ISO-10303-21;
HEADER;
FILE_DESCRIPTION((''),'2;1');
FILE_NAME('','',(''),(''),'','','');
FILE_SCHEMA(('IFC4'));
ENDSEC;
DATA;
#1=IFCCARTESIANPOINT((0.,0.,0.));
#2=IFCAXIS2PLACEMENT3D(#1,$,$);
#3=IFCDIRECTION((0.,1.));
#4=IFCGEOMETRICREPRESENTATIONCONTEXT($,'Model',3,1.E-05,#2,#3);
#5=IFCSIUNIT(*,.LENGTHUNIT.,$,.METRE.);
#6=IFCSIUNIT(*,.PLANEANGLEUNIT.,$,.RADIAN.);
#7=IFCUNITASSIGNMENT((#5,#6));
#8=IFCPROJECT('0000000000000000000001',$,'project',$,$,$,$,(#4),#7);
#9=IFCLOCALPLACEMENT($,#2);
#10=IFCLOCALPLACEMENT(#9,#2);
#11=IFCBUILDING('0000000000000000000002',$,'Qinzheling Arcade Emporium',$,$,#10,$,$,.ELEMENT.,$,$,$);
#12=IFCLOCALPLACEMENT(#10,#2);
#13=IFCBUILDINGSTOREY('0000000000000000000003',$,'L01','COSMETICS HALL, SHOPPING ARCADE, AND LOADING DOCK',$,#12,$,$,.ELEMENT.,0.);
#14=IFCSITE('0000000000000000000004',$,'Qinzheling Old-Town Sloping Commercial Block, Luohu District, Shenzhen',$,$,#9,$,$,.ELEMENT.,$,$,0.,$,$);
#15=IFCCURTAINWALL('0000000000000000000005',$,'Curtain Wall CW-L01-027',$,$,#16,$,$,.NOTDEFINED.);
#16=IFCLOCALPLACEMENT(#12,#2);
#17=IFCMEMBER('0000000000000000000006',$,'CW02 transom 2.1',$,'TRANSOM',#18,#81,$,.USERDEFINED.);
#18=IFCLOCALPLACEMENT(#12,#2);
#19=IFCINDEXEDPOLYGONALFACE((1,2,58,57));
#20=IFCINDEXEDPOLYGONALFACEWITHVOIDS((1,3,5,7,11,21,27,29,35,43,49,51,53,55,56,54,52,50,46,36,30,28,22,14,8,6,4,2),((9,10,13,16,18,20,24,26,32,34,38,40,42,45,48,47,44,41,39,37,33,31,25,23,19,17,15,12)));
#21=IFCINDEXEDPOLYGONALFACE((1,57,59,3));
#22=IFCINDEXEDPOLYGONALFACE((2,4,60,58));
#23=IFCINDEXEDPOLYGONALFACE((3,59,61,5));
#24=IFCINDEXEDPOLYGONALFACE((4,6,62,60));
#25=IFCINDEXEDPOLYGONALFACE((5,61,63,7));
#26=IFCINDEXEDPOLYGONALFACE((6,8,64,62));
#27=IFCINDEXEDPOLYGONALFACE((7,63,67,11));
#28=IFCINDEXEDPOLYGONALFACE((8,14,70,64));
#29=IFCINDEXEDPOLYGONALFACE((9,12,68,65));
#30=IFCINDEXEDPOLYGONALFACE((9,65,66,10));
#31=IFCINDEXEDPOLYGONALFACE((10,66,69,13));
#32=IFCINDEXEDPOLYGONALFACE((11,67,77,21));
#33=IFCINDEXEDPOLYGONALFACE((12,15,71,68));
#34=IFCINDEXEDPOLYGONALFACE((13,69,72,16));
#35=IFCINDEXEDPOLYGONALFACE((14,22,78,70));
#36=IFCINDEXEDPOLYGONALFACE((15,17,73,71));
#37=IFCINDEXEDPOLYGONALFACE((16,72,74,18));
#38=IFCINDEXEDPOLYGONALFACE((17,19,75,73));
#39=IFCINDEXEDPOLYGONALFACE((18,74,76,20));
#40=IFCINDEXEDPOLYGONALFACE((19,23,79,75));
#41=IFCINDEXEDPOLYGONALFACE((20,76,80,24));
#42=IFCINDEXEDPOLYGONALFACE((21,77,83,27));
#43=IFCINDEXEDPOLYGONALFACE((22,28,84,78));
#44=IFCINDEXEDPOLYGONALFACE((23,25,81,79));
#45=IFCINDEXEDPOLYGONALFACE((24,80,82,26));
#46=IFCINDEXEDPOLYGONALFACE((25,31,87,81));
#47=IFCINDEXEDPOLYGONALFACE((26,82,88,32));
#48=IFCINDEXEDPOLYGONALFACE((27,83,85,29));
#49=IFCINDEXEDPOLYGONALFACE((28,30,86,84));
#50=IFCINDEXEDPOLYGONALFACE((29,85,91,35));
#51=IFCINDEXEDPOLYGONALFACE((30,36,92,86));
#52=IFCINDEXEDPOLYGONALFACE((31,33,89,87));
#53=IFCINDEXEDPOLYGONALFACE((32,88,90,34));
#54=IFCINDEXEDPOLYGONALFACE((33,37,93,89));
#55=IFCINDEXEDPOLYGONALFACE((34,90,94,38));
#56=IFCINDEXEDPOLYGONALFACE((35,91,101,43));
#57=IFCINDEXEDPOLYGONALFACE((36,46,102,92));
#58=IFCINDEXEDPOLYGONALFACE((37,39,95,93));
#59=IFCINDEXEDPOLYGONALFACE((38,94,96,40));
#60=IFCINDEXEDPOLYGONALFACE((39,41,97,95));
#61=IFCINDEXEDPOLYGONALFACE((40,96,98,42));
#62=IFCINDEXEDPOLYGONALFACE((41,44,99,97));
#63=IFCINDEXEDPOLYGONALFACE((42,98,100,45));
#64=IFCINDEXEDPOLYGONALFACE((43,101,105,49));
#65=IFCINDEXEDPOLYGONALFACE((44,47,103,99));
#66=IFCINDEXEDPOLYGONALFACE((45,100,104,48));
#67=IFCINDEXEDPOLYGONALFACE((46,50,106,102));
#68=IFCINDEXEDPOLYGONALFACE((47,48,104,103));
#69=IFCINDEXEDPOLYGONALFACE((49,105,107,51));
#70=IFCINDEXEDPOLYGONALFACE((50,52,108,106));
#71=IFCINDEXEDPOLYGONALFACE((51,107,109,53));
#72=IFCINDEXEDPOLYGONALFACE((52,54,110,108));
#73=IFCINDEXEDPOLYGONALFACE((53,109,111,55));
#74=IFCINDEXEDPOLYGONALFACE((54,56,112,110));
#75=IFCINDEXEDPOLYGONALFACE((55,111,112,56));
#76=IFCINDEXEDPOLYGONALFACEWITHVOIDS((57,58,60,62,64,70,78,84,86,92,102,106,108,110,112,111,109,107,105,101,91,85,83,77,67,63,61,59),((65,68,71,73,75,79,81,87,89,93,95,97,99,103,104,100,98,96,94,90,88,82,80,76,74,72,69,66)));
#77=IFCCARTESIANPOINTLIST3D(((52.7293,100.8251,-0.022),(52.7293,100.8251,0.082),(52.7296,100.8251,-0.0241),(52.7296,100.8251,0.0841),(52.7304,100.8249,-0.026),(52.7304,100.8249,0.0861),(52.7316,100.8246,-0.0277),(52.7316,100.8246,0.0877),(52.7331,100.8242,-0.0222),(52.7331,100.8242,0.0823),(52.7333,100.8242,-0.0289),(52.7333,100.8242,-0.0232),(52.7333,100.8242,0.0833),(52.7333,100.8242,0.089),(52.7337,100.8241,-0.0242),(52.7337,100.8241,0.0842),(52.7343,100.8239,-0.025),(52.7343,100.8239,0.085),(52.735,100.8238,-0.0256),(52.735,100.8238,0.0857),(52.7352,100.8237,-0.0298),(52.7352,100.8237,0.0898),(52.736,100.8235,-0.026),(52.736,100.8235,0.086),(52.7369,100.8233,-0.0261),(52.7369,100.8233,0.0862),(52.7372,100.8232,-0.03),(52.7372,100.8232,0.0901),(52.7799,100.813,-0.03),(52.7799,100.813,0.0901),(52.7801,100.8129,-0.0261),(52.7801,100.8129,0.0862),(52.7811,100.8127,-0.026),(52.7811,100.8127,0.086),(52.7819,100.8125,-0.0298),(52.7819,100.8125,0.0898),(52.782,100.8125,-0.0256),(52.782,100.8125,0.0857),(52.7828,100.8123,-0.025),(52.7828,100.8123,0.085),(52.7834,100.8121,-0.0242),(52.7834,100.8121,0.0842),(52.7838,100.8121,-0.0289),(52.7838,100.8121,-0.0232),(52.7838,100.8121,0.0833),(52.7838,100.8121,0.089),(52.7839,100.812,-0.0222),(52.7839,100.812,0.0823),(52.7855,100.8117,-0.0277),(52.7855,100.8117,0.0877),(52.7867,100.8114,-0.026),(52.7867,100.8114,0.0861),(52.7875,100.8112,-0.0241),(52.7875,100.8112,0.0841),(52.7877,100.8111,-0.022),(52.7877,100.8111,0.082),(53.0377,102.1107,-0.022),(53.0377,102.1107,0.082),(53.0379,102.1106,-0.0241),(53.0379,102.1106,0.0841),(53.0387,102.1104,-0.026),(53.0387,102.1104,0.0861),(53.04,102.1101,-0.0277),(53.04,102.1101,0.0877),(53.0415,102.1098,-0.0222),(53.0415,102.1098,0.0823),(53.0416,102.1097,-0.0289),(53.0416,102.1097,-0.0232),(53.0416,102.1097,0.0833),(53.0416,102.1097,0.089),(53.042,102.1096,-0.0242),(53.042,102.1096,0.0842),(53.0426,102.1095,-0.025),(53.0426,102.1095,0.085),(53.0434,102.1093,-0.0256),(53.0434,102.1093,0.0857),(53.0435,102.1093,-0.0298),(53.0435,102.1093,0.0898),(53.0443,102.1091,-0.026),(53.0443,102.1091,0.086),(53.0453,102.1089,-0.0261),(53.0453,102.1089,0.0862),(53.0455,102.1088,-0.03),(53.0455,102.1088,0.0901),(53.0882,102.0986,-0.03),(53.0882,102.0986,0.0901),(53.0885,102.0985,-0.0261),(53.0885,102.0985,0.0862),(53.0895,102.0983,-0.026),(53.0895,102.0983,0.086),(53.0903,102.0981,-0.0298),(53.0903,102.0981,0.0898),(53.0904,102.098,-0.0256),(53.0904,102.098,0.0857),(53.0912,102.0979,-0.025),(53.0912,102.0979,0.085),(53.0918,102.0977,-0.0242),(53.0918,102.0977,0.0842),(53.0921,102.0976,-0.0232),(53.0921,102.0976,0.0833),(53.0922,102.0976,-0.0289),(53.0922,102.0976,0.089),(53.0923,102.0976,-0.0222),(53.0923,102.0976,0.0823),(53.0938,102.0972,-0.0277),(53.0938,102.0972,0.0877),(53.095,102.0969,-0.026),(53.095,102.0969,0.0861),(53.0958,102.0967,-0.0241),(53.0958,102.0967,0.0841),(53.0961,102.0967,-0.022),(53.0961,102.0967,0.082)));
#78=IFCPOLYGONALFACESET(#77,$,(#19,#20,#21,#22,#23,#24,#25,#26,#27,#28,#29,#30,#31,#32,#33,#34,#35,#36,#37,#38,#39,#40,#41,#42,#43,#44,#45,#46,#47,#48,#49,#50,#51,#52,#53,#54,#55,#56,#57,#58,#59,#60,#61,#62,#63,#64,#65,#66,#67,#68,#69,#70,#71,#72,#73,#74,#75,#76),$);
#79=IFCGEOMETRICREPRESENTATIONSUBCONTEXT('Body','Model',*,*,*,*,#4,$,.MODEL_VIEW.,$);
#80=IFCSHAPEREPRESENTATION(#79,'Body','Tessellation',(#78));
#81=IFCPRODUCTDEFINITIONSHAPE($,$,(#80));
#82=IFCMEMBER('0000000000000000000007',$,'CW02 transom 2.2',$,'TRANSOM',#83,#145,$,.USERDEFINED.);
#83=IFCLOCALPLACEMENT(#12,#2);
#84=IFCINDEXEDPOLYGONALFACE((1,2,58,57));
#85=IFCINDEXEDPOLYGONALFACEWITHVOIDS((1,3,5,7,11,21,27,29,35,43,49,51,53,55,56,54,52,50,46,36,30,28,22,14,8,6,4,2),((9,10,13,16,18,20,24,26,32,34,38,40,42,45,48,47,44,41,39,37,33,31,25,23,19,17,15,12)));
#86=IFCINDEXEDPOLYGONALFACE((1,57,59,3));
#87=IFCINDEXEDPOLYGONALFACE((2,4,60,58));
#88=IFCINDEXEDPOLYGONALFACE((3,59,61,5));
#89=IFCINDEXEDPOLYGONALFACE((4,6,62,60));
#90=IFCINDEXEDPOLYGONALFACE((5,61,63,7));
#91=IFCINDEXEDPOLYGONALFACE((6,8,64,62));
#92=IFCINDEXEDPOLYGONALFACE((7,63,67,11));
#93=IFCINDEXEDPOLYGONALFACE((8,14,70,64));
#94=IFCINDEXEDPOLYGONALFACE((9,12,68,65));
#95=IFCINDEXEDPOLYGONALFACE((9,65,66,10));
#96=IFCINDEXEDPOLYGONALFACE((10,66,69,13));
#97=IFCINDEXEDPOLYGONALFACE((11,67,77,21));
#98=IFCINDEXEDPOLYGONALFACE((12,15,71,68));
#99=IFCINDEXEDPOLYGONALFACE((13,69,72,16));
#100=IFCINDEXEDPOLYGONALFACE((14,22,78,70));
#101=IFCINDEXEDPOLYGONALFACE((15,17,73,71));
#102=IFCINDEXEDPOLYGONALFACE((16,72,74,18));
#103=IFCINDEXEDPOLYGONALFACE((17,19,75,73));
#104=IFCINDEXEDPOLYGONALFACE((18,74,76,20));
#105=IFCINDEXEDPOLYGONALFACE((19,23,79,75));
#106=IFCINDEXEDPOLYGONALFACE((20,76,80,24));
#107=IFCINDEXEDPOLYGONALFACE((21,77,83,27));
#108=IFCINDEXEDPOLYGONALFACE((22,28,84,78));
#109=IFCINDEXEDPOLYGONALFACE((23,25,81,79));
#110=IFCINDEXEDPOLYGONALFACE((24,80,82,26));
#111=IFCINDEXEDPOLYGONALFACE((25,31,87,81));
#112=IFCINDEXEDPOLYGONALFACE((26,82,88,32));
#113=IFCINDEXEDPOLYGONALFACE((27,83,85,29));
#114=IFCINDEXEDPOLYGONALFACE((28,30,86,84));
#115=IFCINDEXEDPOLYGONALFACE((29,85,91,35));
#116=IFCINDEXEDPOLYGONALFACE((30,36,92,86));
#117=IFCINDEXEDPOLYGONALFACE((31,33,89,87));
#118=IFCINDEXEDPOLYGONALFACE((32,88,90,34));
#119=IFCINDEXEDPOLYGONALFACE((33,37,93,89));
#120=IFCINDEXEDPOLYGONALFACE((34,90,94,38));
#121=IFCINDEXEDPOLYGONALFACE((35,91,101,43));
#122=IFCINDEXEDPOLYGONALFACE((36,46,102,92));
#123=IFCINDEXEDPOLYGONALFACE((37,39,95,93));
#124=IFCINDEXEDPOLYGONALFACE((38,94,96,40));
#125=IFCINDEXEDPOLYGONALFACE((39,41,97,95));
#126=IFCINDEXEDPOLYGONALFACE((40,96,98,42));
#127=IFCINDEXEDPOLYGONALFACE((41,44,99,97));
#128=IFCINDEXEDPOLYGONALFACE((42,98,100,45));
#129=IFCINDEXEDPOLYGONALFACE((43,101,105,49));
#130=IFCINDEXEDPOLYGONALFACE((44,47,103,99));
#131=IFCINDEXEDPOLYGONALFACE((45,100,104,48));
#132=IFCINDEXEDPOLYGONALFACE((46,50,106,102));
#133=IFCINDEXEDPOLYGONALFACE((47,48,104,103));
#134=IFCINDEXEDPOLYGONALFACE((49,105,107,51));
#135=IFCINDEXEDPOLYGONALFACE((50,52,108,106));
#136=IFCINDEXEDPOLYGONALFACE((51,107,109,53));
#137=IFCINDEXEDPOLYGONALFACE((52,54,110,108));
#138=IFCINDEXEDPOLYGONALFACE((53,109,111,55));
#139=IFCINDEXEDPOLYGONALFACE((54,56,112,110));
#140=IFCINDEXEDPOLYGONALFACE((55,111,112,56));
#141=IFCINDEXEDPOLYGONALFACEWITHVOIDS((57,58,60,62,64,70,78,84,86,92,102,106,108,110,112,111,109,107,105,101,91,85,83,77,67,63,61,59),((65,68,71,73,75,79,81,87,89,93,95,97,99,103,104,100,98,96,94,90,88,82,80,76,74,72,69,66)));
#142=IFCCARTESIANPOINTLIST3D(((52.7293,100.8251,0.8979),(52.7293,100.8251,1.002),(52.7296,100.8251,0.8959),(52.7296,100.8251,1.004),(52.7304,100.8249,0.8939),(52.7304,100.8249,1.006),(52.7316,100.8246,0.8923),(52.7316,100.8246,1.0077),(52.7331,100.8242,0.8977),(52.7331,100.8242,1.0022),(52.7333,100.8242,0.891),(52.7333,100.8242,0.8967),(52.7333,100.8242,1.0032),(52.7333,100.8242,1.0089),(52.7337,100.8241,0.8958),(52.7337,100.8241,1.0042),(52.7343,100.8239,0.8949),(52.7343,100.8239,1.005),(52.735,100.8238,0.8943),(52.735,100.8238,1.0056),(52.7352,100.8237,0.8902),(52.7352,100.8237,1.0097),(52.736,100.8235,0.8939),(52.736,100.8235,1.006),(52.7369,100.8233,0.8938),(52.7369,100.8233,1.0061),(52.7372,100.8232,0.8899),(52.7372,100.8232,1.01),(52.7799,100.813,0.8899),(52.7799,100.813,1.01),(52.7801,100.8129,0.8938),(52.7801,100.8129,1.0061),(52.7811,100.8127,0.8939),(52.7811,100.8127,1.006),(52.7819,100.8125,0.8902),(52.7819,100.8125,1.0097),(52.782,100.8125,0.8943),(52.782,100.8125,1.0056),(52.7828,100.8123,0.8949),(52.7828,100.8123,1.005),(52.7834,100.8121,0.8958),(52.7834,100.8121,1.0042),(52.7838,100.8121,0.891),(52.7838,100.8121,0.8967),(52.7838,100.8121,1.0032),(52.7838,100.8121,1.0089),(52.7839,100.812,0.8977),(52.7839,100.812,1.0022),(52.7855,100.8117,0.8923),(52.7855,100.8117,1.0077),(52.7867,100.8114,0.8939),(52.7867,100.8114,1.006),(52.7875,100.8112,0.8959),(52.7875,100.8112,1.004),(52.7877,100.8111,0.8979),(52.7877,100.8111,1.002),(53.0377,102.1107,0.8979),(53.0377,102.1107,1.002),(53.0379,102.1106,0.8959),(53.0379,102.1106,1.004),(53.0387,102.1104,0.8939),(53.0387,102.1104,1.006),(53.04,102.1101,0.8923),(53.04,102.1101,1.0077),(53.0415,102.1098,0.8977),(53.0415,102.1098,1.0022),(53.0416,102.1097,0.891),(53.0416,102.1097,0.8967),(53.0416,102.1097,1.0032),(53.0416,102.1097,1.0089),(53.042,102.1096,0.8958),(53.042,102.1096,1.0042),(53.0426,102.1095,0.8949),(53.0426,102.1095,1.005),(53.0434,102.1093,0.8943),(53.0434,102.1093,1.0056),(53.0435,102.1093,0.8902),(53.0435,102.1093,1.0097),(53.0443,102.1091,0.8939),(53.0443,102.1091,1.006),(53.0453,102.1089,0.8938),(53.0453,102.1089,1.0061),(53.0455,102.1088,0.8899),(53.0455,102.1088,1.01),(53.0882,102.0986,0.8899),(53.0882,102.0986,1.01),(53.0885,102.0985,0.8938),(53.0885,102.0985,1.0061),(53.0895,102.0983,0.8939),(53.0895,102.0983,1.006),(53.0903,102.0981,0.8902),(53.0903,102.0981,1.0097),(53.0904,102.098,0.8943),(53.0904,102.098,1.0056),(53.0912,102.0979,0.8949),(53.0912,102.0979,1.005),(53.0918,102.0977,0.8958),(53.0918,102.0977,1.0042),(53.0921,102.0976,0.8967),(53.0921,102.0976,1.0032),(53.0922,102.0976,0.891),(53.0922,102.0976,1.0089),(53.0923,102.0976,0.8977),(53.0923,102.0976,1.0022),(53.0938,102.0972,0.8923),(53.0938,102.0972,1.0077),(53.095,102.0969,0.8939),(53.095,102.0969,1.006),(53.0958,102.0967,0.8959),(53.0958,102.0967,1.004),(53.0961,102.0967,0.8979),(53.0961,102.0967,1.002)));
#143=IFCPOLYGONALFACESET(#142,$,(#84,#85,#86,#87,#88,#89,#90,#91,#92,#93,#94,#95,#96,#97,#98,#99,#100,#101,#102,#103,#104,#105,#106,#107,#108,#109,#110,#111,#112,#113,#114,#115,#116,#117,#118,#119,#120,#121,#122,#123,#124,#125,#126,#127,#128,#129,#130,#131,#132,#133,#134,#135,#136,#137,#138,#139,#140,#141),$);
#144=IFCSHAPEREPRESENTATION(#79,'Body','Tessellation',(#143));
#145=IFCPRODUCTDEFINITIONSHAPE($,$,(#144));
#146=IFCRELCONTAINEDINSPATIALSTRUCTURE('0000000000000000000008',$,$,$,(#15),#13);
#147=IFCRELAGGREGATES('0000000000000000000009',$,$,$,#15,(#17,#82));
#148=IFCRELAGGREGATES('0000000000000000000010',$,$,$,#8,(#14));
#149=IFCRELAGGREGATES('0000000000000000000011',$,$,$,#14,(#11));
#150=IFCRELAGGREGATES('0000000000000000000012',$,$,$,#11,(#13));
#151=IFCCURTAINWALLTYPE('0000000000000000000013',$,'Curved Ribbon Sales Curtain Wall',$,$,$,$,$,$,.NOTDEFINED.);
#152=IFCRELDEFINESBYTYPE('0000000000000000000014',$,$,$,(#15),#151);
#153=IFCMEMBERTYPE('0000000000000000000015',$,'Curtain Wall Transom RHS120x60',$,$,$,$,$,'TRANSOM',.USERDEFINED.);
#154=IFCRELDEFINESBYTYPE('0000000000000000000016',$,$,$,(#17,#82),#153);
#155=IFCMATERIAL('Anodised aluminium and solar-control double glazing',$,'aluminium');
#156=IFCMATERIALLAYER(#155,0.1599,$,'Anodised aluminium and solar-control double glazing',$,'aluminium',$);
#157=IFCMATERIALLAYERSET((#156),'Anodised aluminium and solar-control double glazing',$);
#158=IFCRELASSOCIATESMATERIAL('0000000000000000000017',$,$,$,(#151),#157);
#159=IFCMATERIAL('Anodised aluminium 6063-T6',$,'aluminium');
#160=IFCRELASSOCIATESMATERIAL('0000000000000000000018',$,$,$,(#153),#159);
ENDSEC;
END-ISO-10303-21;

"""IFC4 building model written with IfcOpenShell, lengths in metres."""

from ifc_helpers import new_model, si_unit, direction, frame, origin, origin_2d, place, context, subcontext, project, spatial, hollow_rectangle, extrude, material, layer, layer_set, material_profile, profile_set, type_object, element, aggregate, save


model = new_model("IFC4")

# Units and contexts
model_context = context("Model", 3, precision=1e-05, world=origin(), true_north=direction((0.0, 1.0)))
body_context = subcontext(model_context, "Body", "Model", "MODEL_VIEW")
ifc_project = project(units=[si_unit("LENGTHUNIT", "METRE"), si_unit("PLANEANGLEUNIT", "RADIAN")], contexts=[model_context])

# Site, building, storey
site_placement = place(None, origin())
site = spatial("IfcSite", under=ifc_project, at=site_placement, Name="Qinzheling Old-Town Sloping Commercial Block, Luohu District, Shenzhen", CompositionType="ELEMENT", RefElevation=0.0)
building_placement = place(site_placement, origin())
building = spatial("IfcBuilding", under=site, at=building_placement, Name="Qinzheling Arcade Emporium", CompositionType="ELEMENT")
storey_placement = place(building_placement, origin())
storey = spatial("IfcBuildingStorey", under=building, at=storey_placement, Name="L01", Description="COSMETICS HALL, SHOPPING ARCADE, AND LOADING DOCK", CompositionType="ELEMENT", Elevation=0.0)

# Curtain wall, members
ifc_material_1 = material(Name="Anodised aluminium and solar-control double glazing", Category="aluminium")
ifc_layer_1 = layer(ifc_material_1, 0.1599, Name="Anodised aluminium and solar-control double glazing", Category="aluminium")
ifc_layer_set_1 = layer_set([ifc_layer_1], Name="Anodised aluminium and solar-control double glazing")
curtain_wall_type = type_object("IfcCurtainWallType", Name="Curved Ribbon Sales Curtain Wall", PredefinedType="NOTDEFINED", material=ifc_layer_set_1)
curtain_wall_placement = place(storey_placement, origin())
curtain_wall = element("IfcCurtainWall", 1, at=curtain_wall_placement, inside=storey, type_object=curtain_wall_type, Name="Curtain Wall CW-L01-027", PredefinedType="NOTDEFINED")
ifc_material_2 = material(Name="Anodised aluminium 6063-T6", Category="aluminium")
ifc_material_profile_1 = material_profile(ifc_material_2, hollow_rectangle(XDim=0.0601, YDim=0.1201, WallThickness=0.0039, InnerFilletRadius=0.0039, OuterFilletRadius=0.0081, at=origin_2d()), Name="RHS 120x60x4", Category="aluminium")
ifc_profile_set_1 = profile_set([ifc_material_profile_1], Name="Anodised aluminium 6063-T6")
member_type_1 = type_object("IfcMemberType", Name="Curtain Wall Transom RHS120x60", ElementType="TRANSOM", PredefinedType="USERDEFINED", material=ifc_profile_set_1)
member_1_placement = place(storey_placement, frame((52.7585, 100.8181, 0.03), z_axis=(0.233226, 0.972422, 0.0), x_axis=(-0.972422, 0.233226, 0.0)))
member_1 = element("IfcMember", 2, at=member_1_placement, type_object=member_type_1, Name="CW02 transom 2.1", ObjectType="TRANSOM", PredefinedType="USERDEFINED", context=body_context, shape_type="SweptSolid", body=[
    extrude(hollow_rectangle(XDim=0.0601, YDim=0.1201, WallThickness=0.0039, InnerFilletRadius=0.0039, OuterFilletRadius=0.0081, at=origin_2d()), origin(), (0.0, 0.0, 1.0), 1.322),
])
member_2_placement = place(storey_placement, frame((52.7585, 100.8181, 0.95), z_axis=(0.233226, 0.972422, 0.0), x_axis=(-0.972422, 0.233226, 0.0)))
member_2 = element("IfcMember", 3, at=member_2_placement, type_object=member_type_1, Name="CW02 transom 2.2", ObjectType="TRANSOM", PredefinedType="USERDEFINED", context=body_context, shape_type="SweptSolid", body=[
    extrude(hollow_rectangle(XDim=0.0601, YDim=0.1201, WallThickness=0.0039, InnerFilletRadius=0.0039, OuterFilletRadius=0.0081, at=origin_2d()), origin(), (0.0, 0.0, 1.0), 1.322),
])

aggregate(curtain_wall, [member_1, member_2])

save(model, "model.ifc")
